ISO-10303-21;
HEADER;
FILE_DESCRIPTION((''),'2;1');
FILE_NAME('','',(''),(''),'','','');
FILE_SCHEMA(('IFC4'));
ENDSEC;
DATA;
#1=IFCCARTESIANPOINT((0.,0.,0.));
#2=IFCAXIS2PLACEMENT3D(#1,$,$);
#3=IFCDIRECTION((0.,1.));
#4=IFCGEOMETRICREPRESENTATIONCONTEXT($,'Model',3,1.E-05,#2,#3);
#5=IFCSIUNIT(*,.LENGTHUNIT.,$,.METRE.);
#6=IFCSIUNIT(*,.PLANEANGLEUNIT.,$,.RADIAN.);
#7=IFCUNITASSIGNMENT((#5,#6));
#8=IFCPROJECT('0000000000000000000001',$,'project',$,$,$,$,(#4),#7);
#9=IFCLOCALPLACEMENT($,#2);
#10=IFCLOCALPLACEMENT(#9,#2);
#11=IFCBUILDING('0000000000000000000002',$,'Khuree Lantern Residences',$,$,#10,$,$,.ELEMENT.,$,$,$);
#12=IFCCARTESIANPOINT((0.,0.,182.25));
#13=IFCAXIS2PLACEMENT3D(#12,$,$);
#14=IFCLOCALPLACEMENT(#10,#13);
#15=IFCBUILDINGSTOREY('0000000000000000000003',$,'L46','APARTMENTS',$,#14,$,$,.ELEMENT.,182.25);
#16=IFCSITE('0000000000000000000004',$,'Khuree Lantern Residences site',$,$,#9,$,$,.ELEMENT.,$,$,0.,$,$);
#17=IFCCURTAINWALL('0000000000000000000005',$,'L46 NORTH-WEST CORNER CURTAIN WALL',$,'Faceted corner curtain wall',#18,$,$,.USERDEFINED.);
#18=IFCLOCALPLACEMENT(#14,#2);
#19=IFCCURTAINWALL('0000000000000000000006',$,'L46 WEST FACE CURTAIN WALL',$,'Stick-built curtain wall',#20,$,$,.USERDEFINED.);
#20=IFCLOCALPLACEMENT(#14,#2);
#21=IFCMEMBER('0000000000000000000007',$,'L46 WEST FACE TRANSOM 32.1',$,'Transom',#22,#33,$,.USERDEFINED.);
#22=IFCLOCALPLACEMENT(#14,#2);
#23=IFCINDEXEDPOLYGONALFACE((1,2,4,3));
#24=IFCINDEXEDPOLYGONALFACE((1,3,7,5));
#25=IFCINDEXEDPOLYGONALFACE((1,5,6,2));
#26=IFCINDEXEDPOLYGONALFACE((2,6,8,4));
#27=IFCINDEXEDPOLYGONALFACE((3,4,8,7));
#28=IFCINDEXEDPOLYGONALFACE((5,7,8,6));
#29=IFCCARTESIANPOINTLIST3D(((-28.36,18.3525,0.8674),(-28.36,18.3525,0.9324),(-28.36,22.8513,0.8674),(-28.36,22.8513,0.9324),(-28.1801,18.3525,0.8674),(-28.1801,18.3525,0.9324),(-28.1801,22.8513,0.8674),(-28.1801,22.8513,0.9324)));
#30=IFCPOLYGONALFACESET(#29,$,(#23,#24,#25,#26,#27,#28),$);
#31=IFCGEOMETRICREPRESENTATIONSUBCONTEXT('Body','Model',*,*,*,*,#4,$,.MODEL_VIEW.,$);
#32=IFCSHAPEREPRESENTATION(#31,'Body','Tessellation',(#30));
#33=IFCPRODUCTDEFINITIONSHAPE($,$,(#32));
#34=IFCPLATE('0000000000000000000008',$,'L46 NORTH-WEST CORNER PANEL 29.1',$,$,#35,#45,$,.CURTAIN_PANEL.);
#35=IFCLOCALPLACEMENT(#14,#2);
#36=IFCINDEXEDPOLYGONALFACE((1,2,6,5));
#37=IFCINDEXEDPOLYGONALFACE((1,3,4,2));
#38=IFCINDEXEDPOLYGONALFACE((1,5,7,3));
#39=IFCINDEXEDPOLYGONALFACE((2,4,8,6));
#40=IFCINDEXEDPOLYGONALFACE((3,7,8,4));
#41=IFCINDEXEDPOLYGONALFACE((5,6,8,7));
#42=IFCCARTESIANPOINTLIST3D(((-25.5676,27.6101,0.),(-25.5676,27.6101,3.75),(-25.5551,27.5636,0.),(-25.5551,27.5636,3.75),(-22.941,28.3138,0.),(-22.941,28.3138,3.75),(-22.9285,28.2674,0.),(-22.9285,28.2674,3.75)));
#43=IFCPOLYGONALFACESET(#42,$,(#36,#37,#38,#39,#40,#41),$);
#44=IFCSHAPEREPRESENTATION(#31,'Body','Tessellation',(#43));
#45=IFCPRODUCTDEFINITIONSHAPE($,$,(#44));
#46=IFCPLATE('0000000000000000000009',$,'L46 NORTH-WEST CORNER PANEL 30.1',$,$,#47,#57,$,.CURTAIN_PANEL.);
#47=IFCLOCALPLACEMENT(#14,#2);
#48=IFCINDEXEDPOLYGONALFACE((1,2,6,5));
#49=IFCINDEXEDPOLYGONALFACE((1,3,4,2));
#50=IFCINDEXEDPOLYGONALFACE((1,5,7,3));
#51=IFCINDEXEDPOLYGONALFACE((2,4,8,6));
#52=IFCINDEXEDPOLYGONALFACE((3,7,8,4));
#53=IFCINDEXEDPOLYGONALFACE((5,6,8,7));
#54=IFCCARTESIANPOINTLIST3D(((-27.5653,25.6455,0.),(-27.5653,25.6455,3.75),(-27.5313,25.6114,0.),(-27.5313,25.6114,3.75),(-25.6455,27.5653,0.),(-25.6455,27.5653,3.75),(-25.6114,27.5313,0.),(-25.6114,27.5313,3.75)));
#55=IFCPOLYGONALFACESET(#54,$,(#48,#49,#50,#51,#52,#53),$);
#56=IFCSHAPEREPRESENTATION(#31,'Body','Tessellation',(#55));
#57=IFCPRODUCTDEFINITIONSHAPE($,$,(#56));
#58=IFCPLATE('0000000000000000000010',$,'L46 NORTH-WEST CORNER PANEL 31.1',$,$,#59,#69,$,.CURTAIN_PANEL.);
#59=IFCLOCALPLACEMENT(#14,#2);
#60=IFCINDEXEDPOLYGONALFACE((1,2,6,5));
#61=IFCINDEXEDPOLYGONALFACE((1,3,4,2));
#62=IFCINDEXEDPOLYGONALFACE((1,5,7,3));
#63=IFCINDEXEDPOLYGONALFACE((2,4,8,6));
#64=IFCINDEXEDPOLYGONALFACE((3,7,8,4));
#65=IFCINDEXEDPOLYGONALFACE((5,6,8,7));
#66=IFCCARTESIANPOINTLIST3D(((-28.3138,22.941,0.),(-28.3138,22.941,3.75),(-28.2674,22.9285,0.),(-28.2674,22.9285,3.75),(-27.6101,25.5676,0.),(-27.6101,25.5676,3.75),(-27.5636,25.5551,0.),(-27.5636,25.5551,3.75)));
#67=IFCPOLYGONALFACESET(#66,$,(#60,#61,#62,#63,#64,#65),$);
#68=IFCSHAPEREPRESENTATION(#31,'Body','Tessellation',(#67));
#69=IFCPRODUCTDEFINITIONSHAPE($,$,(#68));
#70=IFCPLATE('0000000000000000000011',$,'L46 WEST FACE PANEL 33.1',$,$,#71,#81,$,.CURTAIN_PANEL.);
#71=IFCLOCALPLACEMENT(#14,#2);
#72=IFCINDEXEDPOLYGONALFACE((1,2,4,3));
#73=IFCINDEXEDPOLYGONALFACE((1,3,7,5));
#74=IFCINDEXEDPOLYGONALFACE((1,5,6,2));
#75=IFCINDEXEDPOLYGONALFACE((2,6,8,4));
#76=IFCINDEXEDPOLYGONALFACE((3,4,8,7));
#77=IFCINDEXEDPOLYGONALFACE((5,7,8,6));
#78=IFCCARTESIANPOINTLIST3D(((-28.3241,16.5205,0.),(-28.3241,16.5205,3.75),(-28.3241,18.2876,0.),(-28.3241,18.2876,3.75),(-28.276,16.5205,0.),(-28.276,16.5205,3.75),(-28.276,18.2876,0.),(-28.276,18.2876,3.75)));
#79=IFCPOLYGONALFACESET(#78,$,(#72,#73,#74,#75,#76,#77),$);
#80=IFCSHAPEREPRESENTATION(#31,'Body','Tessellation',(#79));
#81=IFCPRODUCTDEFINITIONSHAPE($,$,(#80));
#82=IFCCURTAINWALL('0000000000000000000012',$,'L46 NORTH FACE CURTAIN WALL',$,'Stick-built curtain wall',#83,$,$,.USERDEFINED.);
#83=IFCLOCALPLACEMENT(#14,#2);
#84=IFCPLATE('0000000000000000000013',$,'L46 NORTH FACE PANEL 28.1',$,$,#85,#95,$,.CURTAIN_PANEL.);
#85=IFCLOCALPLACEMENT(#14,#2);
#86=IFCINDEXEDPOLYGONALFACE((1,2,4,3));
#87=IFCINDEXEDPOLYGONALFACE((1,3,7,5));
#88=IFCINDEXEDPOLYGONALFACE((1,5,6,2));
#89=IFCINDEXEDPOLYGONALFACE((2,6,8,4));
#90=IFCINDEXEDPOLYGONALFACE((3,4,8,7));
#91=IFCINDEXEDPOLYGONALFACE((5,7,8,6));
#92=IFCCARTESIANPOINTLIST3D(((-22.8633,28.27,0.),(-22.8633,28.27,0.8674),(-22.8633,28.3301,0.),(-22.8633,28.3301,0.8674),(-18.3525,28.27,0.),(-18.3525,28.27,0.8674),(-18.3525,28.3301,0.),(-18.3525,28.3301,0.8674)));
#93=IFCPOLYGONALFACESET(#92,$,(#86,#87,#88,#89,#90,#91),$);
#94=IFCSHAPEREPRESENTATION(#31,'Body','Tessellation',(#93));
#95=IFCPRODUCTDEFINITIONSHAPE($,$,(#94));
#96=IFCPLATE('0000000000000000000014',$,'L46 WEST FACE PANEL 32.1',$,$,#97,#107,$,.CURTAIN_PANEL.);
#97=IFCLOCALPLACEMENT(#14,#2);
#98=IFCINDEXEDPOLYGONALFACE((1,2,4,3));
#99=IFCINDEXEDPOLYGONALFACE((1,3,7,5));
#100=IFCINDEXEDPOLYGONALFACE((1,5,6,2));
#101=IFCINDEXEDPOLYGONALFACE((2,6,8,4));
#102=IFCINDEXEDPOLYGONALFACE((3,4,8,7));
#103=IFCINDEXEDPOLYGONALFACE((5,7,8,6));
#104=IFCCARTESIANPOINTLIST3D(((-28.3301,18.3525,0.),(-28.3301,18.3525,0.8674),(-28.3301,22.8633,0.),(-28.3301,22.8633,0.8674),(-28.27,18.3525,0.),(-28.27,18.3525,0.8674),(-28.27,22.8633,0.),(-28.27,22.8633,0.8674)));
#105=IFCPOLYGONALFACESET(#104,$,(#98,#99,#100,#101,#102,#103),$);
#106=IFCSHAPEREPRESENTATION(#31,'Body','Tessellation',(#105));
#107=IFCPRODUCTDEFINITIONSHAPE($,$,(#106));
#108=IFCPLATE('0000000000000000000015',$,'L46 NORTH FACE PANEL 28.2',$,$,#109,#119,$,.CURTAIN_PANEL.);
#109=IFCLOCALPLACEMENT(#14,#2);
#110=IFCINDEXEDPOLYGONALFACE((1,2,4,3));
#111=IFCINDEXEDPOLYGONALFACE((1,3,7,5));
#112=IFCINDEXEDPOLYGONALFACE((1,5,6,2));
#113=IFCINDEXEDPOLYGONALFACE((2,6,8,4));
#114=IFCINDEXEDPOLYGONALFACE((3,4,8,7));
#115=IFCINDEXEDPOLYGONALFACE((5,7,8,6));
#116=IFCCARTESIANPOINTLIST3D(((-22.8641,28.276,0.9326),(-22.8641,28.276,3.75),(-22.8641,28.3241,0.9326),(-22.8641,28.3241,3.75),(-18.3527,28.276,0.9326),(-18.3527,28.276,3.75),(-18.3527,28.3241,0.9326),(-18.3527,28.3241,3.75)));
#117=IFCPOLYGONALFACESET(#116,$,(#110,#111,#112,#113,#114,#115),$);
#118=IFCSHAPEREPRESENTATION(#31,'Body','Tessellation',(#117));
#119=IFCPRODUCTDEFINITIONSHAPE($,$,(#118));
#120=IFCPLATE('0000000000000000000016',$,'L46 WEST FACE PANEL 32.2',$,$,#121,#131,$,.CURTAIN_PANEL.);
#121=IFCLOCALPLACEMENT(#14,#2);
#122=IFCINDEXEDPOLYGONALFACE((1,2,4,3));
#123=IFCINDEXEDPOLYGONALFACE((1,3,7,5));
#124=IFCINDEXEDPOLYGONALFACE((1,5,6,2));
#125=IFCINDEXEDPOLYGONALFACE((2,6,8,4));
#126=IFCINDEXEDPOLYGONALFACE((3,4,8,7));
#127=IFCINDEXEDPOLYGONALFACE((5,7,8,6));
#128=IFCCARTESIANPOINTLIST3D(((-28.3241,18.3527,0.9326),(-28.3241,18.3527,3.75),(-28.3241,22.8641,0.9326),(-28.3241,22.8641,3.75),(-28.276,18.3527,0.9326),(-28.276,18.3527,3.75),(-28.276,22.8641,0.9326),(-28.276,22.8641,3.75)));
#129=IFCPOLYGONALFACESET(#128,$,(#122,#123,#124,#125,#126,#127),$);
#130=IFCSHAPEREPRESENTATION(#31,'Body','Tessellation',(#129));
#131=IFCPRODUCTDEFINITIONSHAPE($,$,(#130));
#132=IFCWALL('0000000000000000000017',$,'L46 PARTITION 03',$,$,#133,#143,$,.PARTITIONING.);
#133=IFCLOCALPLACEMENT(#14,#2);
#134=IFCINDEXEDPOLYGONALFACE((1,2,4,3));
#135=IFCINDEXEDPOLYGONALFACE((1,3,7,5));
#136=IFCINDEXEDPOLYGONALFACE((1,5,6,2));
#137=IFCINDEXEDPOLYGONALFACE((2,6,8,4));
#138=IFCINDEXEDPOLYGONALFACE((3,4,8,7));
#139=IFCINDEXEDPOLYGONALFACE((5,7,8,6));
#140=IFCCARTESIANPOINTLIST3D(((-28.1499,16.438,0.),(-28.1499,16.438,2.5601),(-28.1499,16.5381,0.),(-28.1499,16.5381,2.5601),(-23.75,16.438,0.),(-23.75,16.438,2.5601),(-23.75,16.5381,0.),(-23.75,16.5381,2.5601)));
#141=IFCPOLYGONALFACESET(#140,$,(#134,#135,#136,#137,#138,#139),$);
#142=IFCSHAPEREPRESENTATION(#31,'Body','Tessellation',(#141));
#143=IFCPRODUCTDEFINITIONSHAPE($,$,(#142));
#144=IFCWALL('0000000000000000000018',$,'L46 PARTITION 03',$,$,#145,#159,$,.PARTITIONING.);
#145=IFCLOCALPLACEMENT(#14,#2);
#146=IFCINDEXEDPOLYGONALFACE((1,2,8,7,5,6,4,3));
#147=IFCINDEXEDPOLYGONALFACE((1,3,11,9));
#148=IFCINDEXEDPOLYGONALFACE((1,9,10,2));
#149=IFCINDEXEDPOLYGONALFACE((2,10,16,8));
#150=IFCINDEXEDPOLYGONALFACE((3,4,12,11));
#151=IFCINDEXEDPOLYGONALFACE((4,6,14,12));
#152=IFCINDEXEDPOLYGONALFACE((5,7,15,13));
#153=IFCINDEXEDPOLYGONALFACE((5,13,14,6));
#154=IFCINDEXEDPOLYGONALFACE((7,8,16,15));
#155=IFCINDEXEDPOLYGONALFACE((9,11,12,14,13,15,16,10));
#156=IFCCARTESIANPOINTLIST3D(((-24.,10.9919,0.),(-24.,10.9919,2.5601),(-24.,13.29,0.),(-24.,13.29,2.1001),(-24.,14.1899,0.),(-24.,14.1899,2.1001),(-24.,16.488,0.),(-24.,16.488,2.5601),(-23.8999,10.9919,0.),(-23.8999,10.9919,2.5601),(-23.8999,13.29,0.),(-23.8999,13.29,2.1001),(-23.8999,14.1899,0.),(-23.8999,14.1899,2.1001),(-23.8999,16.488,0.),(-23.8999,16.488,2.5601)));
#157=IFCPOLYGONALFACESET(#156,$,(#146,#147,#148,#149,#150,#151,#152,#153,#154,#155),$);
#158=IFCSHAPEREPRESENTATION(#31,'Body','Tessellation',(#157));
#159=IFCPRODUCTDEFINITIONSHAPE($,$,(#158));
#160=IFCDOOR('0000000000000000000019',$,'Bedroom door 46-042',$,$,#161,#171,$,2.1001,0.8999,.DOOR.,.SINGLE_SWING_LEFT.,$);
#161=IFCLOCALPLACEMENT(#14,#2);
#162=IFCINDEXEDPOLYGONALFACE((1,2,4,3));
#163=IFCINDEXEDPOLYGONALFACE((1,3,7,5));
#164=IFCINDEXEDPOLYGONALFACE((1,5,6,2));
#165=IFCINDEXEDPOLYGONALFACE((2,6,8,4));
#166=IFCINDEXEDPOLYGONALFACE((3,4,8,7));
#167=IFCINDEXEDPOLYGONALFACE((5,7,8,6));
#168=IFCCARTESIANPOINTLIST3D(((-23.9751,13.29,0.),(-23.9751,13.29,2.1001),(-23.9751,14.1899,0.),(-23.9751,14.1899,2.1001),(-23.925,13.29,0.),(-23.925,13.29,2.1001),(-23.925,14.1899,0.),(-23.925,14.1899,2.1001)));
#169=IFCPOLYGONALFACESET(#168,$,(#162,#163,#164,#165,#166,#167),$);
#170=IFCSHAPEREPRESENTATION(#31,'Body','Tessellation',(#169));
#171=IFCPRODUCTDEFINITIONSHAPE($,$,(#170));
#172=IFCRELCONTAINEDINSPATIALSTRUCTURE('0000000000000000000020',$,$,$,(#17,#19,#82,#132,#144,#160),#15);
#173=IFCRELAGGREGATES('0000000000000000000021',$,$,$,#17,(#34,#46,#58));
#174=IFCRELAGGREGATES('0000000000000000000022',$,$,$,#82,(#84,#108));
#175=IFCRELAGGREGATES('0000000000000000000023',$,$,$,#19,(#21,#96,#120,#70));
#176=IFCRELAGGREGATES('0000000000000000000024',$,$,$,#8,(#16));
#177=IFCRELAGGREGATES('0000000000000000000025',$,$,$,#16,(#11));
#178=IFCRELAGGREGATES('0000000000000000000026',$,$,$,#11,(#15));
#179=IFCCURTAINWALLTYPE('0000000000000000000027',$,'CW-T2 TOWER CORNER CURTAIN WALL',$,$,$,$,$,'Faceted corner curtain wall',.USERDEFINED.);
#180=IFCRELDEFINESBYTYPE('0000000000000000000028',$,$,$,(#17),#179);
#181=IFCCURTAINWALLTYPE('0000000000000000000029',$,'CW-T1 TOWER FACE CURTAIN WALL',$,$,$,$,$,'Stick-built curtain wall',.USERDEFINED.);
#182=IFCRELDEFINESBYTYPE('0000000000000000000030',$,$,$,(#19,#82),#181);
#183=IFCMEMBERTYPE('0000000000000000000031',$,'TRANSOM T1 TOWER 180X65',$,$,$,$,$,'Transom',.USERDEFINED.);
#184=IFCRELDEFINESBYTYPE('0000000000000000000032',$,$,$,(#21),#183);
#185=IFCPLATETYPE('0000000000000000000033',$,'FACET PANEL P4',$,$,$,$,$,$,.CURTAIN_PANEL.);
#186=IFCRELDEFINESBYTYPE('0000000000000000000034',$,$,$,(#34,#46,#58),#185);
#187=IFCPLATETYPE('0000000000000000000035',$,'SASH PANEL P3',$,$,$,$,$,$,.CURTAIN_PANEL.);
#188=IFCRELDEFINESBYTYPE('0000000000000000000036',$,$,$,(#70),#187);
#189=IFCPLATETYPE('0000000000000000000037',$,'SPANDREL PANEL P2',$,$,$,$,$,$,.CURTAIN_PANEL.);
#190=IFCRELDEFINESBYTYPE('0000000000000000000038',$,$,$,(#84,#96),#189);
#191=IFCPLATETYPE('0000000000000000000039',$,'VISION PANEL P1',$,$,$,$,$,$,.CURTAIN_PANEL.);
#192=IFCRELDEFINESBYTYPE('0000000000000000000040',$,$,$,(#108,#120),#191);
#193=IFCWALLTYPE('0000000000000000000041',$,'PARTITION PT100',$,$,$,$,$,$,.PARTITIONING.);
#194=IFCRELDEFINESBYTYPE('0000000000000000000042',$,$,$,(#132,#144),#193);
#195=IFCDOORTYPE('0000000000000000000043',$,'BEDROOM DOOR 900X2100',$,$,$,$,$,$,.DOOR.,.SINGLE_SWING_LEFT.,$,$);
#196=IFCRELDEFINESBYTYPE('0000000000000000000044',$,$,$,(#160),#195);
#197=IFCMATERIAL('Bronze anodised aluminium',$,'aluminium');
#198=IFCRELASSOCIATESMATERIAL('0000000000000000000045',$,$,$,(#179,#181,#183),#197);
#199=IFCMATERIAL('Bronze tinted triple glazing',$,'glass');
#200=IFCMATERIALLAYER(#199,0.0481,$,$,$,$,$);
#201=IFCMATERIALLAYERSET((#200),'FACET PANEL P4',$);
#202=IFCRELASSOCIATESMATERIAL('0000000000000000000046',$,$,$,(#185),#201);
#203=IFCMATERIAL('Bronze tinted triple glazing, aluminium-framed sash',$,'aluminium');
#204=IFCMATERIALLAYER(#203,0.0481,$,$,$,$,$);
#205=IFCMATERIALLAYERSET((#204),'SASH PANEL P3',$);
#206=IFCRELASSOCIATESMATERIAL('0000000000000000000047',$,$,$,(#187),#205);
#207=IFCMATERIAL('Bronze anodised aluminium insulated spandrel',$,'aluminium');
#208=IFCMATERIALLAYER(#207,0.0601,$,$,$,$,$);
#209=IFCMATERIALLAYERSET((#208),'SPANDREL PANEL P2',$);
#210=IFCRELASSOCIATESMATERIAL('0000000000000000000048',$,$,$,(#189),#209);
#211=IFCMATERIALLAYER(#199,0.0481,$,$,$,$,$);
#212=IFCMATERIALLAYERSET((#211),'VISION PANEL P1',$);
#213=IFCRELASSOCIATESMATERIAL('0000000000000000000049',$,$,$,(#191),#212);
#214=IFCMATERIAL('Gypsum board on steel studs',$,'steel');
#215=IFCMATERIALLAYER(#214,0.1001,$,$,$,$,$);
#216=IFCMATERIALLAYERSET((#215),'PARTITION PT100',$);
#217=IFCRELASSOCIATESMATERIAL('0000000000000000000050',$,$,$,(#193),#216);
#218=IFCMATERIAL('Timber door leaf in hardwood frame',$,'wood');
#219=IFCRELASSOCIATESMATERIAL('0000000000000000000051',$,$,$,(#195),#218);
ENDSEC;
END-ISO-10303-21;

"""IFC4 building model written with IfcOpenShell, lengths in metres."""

from ifc_helpers import new_model, si_unit, direction, frame, frame_2d, origin, origin_2d, place, context, subcontext, project, spatial, rectangle, extrude, material, layer, layer_set, material_profile, profile_set, type_object, element, fill, aggregate, save


model = new_model("IFC4")

# Units and contexts
model_context = context("Model", 3, precision=1e-05, world=origin(), true_north=direction((0.0, 1.0)))
body_context = subcontext(model_context, "Body", "Model", "MODEL_VIEW")
ifc_project = project(units=[si_unit("LENGTHUNIT", "METRE"), si_unit("PLANEANGLEUNIT", "RADIAN")], contexts=[model_context])

# Site, building, storey
site_placement = place(None, origin())
site = spatial("IfcSite", under=ifc_project, at=site_placement, Name="Khuree Lantern Residences site", CompositionType="ELEMENT", RefElevation=0.0)
building_placement = place(site_placement, origin())
building = spatial("IfcBuilding", under=site, at=building_placement, Name="Khuree Lantern Residences", CompositionType="ELEMENT")
storey_placement = place(building_placement, frame((0.0, 0.0, 182.25)))
storey = spatial("IfcBuildingStorey", under=building, at=storey_placement, Name="L46", Description="APARTMENTS", CompositionType="ELEMENT", Elevation=182.25)

# Curtain walls
ifc_material_1 = material(Name="Bronze anodised aluminium", Category="aluminium")
curtain_wall_type_1 = type_object("IfcCurtainWallType", Name="CW-T2 TOWER CORNER CURTAIN WALL", ElementType="Faceted corner curtain wall", PredefinedType="USERDEFINED", material=ifc_material_1)
curtain_wall_1_placement = place(storey_placement, origin())
curtain_wall_1 = element("IfcCurtainWall", 1, at=curtain_wall_1_placement, inside=storey, type_object=curtain_wall_type_1, Name="L46 NORTH-WEST CORNER CURTAIN WALL", ObjectType="Faceted corner curtain wall", PredefinedType="USERDEFINED")
curtain_wall_type_2 = type_object("IfcCurtainWallType", Name="CW-T1 TOWER FACE CURTAIN WALL", ElementType="Stick-built curtain wall", PredefinedType="USERDEFINED", material=ifc_material_1)
curtain_wall_2_placement = place(storey_placement, origin())
curtain_wall_2 = element("IfcCurtainWall", 2, at=curtain_wall_2_placement, inside=storey, type_object=curtain_wall_type_2, Name="L46 WEST FACE CURTAIN WALL", ObjectType="Stick-built curtain wall", PredefinedType="USERDEFINED")

# Member
ifc_material_profile_1 = material_profile(ifc_material_1, rectangle(XDim=0.1799, YDim=0.0649, at=origin_2d()), Name="T1 180X65")
ifc_profile_set_1 = profile_set([ifc_material_profile_1], Name="Bronze anodised aluminium")
member_type_1 = type_object("IfcMemberType", Name="TRANSOM T1 TOWER 180X65", ElementType="Transom", PredefinedType="USERDEFINED", material=ifc_profile_set_1)
member_1_placement = place(storey_placement, frame((-28.27, 22.8513, 0.8999), z_axis=(0.0, -1.0, 0.0), x_axis=(1.0, 0.0, 0.0)))
member_1 = element("IfcMember", 3, at=member_1_placement, type_object=member_type_1, Name="L46 WEST FACE TRANSOM 32.1", ObjectType="Transom", PredefinedType="USERDEFINED", context=body_context, shape_type="SweptSolid", body=[
    extrude(rectangle(XDim=0.1799, YDim=0.0649, at=origin_2d()), origin(), (0.0, 0.0, 1.0), 4.4988),
])

# Plates
ifc_material_2 = material(Name="Bronze tinted triple glazing", Category="glass")
ifc_layer_1 = layer(ifc_material_2, 0.0481)
ifc_layer_set_1 = layer_set([ifc_layer_1], Name="FACET PANEL P4")
plate_type_1 = type_object("IfcPlateType", Name="FACET PANEL P4", PredefinedType="CURTAIN_PANEL", material=ifc_layer_set_1)
plate_1_placement = place(storey_placement, frame((-24.248, 27.9387, 0.0), z_axis=(0.0, 0.0, 1.0), x_axis=(-0.965926, -0.258819, 0.0)))
plate_1 = element("IfcPlate", 4, at=plate_1_placement, type_object=plate_type_1, Name="L46 NORTH-WEST CORNER PANEL 29.1", PredefinedType="CURTAIN_PANEL", context=body_context, shape_type="SweptSolid", body=[
    extrude(rectangle(XDim=2.7192, YDim=0.0481, at=origin_2d()), origin(), (0.0, 0.0, 1.0), 3.75),
])
plate_2_placement = place(storey_placement, frame((-26.5884, 26.5884, 0.0), z_axis=(0.0, 0.0, 1.0), x_axis=(-0.707107, -0.707107, 0.0)))
plate_2 = element("IfcPlate", 5, at=plate_2_placement, type_object=plate_type_1, Name="L46 NORTH-WEST CORNER PANEL 30.1", PredefinedType="CURTAIN_PANEL", context=body_context, shape_type="SweptSolid", body=[
    extrude(rectangle(XDim=2.7151, YDim=0.0481, at=origin_2d()), origin(), (0.0, 0.0, 1.0), 3.75),
])
plate_3_placement = place(storey_placement, frame((-27.9387, 24.248, 0.0), z_axis=(0.0, 0.0, 1.0), x_axis=(-0.258819, -0.965926, 0.0)))
plate_3 = element("IfcPlate", 6, at=plate_3_placement, type_object=plate_type_1, Name="L46 NORTH-WEST CORNER PANEL 31.1", PredefinedType="CURTAIN_PANEL", context=body_context, shape_type="SweptSolid", body=[
    extrude(rectangle(XDim=2.7192, YDim=0.0481, at=origin_2d()), origin(), (0.0, 0.0, 1.0), 3.75),
])
aggregate(curtain_wall_1, [plate_1, plate_2, plate_3])
ifc_material_3 = material(Name="Bronze tinted triple glazing, aluminium-framed sash", Category="aluminium")
ifc_layer_2 = layer(ifc_material_3, 0.0481)
ifc_layer_set_2 = layer_set([ifc_layer_2], Name="SASH PANEL P3")
plate_type_2 = type_object("IfcPlateType", Name="SASH PANEL P3", PredefinedType="CURTAIN_PANEL", material=ifc_layer_set_2)
plate_4_placement = place(storey_placement, frame((-28.3, 17.4041, 0.0), z_axis=(0.0, 0.0, 1.0), x_axis=(0.0, -1.0, 0.0)))
plate_4 = element("IfcPlate", 7, at=plate_4_placement, type_object=plate_type_2, Name="L46 WEST FACE PANEL 33.1", PredefinedType="CURTAIN_PANEL", context=body_context, shape_type="SweptSolid", body=[
    extrude(rectangle(XDim=1.7671, YDim=0.0481, at=origin_2d()), origin(), (0.0, 0.0, 1.0), 3.75),
])

# Curtain wall, plate
curtain_wall_3_placement = place(storey_placement, origin())
curtain_wall_3 = element("IfcCurtainWall", 8, at=curtain_wall_3_placement, inside=storey, type_object=curtain_wall_type_2, Name="L46 NORTH FACE CURTAIN WALL", ObjectType="Stick-built curtain wall", PredefinedType="USERDEFINED")
ifc_material_4 = material(Name="Bronze anodised aluminium insulated spandrel", Category="aluminium")
ifc_layer_3 = layer(ifc_material_4, 0.0601)
ifc_layer_set_3 = layer_set([ifc_layer_3], Name="SPANDREL PANEL P2")
plate_type_3 = type_object("IfcPlateType", Name="SPANDREL PANEL P2", PredefinedType="CURTAIN_PANEL", material=ifc_layer_set_3)
plate_5_placement = place(storey_placement, frame((-20.6079, 28.3, 0.0), z_axis=(0.0, 0.0, 1.0), x_axis=(-1.0, 0.0, 0.0)))
plate_5 = element("IfcPlate", 9, at=plate_5_placement, type_object=plate_type_3, Name="L46 NORTH FACE PANEL 28.1", PredefinedType="CURTAIN_PANEL", context=body_context, shape_type="SweptSolid", body=[
    extrude(rectangle(XDim=4.5107, YDim=0.0601, at=origin_2d()), origin(), (0.0, 0.0, 1.0), 0.8674),
])

# Plates
plate_6_placement = place(storey_placement, frame((-28.3, 20.6079, 0.0), z_axis=(0.0, 0.0, 1.0), x_axis=(0.0, -1.0, 0.0)))
plate_6 = element("IfcPlate", 10, at=plate_6_placement, type_object=plate_type_3, Name="L46 WEST FACE PANEL 32.1", PredefinedType="CURTAIN_PANEL", context=body_context, shape_type="SweptSolid", body=[
    extrude(rectangle(XDim=4.5107, YDim=0.0601, at=origin_2d()), origin(), (0.0, 0.0, 1.0), 0.8674),
])
ifc_layer_4 = layer(ifc_material_2, 0.0481)
ifc_layer_set_4 = layer_set([ifc_layer_4], Name="VISION PANEL P1")
plate_type_4 = type_object("IfcPlateType", Name="VISION PANEL P1", PredefinedType="CURTAIN_PANEL", material=ifc_layer_set_4)
plate_7_placement = place(storey_placement, frame((-20.6084, 28.3, 0.9326), z_axis=(0.0, 0.0, 1.0), x_axis=(-1.0, 0.0, 0.0)))
plate_7 = element("IfcPlate", 11, at=plate_7_placement, type_object=plate_type_4, Name="L46 NORTH FACE PANEL 28.2", PredefinedType="CURTAIN_PANEL", context=body_context, shape_type="SweptSolid", body=[
    extrude(rectangle(XDim=4.5115, YDim=0.0481, at=origin_2d()), origin(), (0.0, 0.0, 1.0), 2.8174),
])
aggregate(curtain_wall_3, [plate_5, plate_7])
plate_8_placement = place(storey_placement, frame((-28.3, 20.6084, 0.9326), z_axis=(0.0, 0.0, 1.0), x_axis=(0.0, -1.0, 0.0)))
plate_8 = element("IfcPlate", 12, at=plate_8_placement, type_object=plate_type_4, Name="L46 WEST FACE PANEL 32.2", PredefinedType="CURTAIN_PANEL", context=body_context, shape_type="SweptSolid", body=[
    extrude(rectangle(XDim=4.5115, YDim=0.0481, at=origin_2d()), origin(), (0.0, 0.0, 1.0), 2.8174),
])
aggregate(curtain_wall_2, [member_1, plate_6, plate_8, plate_4])

# Wall
ifc_material_5 = material(Name="Gypsum board on steel studs", Category="steel")
ifc_layer_5 = layer(ifc_material_5, 0.1001)
ifc_layer_set_5 = layer_set([ifc_layer_5], Name="PARTITION PT100")
wall_type = type_object("IfcWallType", Name="PARTITION PT100", PredefinedType="PARTITIONING", material=ifc_layer_set_5)
wall_1_placement = place(storey_placement, frame((-23.75, 16.488, 0.0), z_axis=(0.0, 0.0, 1.0), x_axis=(-1.0, 0.0, 0.0)))
element("IfcWall", 13, at=wall_1_placement, inside=storey, type_object=wall_type, Name="L46 PARTITION 03", PredefinedType="PARTITIONING", context=body_context, shape_type="SweptSolid", body=[
    extrude(rectangle(XDim=4.3999, YDim=0.1001, at=frame_2d((2.2, 0.0))), origin(), (0.0, 0.0, 1.0), 2.5601),
])

# Wall, opening, door
wall_2_placement = place(storey_placement, frame((-23.95, 16.488, 0.0), z_axis=(0.0, 0.0, 1.0), x_axis=(0.0, -1.0, 0.0)))
wall_2 = element("IfcWall", 14, at=wall_2_placement, inside=storey, type_object=wall_type, Name="L46 PARTITION 03", PredefinedType="PARTITIONING", context=body_context, shape_type="SweptSolid", body=[
    extrude(rectangle(XDim=5.4961, YDim=0.1001, at=frame_2d((2.748, 0.0))), origin(), (0.0, 0.0, 1.0), 2.5601),
])
opening_placement = place(wall_2_placement, frame((2.2981, 0.0, 0.0)))
opening = element("IfcOpeningElement", 15, at=opening_placement, cuts=wall_2, PredefinedType="OPENING", context=body_context, shape_type="SweptSolid", body=[
    extrude(rectangle(XDim=0.8999, YDim=2.1001, at=frame_2d((0.45, 1.05))), frame((0.0, 0.0601, 0.0), z_axis=(0.0, -1.0, 0.0), x_axis=(1.0, 0.0, 0.0)), (0.0, 0.0, 1.0), 0.1201),
])
ifc_material_6 = material(Name="Timber door leaf in hardwood frame", Category="wood")
door_type = type_object("IfcDoorType", Name="BEDROOM DOOR 900X2100", OperationType="SINGLE_SWING_LEFT", PredefinedType="DOOR", material=ifc_material_6)
door_placement = place(opening_placement, origin())
door = element("IfcDoor", 16, at=door_placement, inside=storey, type_object=door_type, Name="Bedroom door 46-042", OperationType="SINGLE_SWING_LEFT", OverallHeight=2.1001, OverallWidth=0.8999, PredefinedType="DOOR", context=body_context, shape_type="SweptSolid", body=[
    extrude(rectangle(XDim=0.8999, YDim=2.1001, at=frame_2d((0.45, 1.05))), frame((0.0, 0.0249, 0.0), z_axis=(0.0, -1.0, 0.0), x_axis=(1.0, 0.0, 0.0)), (0.0, 0.0, 1.0), 0.05),
])
fill(opening, door)

save(model, "model.ifc")
